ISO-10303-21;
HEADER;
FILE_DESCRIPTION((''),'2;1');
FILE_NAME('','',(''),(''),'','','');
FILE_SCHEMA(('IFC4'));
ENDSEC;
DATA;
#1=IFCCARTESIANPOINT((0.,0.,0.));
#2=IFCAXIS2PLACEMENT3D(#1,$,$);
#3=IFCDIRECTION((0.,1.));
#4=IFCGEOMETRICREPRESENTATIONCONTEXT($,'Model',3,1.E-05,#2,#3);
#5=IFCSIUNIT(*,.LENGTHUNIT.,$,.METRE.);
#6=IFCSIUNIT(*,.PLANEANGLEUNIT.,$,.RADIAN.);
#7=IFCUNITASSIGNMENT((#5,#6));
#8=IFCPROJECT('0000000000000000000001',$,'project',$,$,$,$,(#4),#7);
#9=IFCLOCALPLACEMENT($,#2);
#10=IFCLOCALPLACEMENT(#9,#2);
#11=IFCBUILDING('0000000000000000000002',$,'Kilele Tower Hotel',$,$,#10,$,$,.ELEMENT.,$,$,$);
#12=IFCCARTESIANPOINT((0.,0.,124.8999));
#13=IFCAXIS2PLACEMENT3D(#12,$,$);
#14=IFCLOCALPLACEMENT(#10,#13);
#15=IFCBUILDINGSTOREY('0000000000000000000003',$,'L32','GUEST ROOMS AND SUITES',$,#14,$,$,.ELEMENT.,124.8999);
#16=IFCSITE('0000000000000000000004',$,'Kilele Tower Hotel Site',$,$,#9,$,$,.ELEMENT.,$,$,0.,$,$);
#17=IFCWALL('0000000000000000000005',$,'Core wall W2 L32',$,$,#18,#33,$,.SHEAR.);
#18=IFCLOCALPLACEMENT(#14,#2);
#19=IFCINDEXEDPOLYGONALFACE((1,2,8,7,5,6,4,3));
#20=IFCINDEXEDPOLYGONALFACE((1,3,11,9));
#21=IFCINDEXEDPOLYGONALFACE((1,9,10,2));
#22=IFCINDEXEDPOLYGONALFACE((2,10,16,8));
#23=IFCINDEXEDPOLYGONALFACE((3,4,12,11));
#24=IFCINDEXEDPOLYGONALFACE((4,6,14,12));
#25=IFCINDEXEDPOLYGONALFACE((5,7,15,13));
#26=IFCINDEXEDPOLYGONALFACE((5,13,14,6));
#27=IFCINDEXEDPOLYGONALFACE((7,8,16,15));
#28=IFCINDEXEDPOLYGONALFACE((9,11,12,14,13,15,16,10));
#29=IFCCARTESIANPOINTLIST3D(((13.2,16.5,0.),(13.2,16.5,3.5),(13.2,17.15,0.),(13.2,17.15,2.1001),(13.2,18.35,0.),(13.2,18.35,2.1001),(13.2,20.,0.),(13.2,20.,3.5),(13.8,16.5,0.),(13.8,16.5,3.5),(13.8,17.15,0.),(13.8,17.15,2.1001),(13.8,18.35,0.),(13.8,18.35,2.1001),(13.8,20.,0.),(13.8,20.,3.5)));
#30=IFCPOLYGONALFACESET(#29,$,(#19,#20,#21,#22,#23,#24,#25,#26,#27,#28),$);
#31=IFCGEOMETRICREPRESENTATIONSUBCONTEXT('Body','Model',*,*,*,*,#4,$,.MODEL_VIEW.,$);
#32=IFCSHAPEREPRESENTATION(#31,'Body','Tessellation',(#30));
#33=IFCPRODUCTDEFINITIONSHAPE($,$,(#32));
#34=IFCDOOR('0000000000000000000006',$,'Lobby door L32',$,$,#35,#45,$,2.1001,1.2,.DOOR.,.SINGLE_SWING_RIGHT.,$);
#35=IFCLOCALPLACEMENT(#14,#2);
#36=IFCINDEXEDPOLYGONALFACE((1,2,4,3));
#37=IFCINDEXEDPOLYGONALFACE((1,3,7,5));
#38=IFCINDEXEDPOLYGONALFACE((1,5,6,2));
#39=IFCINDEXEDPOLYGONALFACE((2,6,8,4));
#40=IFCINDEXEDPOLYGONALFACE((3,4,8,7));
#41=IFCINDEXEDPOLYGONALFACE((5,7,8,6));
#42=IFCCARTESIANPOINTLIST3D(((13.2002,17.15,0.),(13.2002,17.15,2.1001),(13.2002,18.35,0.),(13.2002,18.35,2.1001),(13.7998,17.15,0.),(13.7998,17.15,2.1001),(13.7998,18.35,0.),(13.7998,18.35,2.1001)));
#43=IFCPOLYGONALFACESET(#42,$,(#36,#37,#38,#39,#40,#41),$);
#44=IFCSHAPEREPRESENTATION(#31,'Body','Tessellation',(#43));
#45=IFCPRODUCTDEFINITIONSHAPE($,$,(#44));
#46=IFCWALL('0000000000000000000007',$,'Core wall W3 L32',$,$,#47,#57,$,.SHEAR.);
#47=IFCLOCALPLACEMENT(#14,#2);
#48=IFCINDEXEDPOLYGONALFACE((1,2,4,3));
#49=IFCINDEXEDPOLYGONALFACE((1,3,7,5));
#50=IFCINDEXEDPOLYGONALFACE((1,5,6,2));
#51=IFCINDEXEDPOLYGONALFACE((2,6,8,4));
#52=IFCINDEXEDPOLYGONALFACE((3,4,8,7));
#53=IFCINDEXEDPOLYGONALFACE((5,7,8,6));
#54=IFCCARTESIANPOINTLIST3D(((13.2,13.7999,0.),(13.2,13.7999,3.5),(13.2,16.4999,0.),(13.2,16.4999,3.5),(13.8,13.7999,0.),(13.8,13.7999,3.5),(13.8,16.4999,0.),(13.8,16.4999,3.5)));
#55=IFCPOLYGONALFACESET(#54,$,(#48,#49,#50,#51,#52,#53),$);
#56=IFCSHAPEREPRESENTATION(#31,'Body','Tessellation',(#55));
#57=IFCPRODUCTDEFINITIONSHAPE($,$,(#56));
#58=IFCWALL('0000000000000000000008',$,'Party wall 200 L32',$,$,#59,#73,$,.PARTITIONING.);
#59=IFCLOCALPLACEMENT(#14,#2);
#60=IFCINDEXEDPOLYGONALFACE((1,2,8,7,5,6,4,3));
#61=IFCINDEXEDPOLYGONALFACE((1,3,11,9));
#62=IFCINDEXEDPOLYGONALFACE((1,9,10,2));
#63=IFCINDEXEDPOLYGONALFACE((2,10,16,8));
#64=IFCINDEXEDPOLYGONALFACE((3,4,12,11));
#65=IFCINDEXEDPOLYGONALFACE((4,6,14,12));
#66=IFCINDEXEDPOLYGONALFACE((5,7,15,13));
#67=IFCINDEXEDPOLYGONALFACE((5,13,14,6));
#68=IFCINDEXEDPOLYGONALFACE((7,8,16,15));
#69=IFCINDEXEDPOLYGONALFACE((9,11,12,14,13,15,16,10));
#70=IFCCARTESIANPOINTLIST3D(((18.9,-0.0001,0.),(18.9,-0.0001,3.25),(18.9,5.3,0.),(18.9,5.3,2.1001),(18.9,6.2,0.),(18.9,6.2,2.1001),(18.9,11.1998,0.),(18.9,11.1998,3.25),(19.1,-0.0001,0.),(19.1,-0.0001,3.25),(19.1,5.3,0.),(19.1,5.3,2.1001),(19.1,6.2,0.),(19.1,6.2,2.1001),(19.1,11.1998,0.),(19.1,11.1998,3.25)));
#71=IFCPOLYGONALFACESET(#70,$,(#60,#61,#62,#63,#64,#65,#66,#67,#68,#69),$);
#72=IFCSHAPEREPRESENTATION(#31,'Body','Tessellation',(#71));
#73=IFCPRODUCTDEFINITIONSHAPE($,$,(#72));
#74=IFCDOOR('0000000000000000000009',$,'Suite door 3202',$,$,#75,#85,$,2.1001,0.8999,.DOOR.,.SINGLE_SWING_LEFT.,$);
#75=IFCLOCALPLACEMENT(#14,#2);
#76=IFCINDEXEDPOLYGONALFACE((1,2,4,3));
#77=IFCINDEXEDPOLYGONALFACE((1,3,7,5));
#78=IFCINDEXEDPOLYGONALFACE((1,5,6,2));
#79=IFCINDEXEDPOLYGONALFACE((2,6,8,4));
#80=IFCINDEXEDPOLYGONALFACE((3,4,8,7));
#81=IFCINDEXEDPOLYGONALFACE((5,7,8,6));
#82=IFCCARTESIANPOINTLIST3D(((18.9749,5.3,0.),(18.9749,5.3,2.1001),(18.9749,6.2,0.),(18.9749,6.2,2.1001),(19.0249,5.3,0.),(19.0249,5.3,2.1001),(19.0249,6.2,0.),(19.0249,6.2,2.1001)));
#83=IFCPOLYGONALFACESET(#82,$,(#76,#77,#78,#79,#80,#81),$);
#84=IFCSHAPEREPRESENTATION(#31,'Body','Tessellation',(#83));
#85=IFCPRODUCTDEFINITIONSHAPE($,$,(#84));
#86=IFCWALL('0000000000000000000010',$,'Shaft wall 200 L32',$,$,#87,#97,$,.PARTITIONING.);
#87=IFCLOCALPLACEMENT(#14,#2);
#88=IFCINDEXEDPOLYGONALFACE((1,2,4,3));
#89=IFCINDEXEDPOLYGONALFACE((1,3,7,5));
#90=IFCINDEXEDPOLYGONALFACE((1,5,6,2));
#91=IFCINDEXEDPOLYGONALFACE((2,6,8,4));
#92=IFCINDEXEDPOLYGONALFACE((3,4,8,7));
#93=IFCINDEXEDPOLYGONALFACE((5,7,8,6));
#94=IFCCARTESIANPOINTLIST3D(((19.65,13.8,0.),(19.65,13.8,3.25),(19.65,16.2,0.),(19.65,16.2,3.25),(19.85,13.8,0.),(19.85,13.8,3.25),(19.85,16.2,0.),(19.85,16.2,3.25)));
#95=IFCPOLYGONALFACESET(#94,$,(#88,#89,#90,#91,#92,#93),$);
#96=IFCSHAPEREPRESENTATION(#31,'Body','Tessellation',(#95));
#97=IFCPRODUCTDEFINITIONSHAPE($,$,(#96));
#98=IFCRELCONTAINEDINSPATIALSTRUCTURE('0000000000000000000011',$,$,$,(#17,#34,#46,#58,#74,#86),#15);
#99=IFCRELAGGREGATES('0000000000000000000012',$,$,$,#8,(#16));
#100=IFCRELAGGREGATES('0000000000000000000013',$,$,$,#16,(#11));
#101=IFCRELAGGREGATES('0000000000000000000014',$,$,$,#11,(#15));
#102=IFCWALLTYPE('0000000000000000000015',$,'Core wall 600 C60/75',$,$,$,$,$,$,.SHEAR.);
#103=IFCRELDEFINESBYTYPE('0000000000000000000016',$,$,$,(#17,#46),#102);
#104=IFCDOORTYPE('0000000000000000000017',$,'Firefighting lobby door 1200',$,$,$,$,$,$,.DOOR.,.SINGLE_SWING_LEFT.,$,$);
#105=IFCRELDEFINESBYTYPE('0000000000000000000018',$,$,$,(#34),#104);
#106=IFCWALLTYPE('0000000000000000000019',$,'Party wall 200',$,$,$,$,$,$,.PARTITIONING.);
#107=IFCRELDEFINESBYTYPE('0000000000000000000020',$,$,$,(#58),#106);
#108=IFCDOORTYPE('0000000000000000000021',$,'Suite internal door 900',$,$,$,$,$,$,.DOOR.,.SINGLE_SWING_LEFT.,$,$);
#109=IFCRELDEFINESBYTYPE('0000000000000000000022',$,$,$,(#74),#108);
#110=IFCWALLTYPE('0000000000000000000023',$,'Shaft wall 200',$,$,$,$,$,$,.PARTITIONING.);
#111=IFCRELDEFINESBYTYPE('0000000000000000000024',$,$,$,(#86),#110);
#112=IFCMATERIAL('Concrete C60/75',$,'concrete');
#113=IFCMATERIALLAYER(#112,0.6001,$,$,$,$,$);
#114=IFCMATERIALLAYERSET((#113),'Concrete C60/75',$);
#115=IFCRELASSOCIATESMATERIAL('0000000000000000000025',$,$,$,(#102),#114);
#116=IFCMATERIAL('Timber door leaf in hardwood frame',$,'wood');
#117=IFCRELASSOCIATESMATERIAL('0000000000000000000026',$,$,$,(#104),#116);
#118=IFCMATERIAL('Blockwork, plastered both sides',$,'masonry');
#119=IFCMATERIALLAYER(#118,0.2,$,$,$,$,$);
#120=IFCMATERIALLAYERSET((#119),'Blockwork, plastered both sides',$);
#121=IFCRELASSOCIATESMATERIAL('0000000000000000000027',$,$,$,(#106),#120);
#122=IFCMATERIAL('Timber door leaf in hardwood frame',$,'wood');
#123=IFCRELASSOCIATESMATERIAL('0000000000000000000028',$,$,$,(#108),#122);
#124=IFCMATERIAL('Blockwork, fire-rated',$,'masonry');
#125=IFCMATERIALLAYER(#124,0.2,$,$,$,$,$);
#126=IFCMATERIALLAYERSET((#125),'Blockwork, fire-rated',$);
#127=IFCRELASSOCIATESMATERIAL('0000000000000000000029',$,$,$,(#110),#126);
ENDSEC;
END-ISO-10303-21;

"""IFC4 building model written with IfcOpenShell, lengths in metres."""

from ifc_helpers import new_model, si_unit, direction, frame, frame_2d, origin, place, context, subcontext, project, spatial, rectangle, extrude, material, layer, layer_set, type_object, element, fill, save


model = new_model("IFC4")

# Units and contexts
model_context = context("Model", 3, precision=1e-05, world=origin(), true_north=direction((0.0, 1.0)))
body_context = subcontext(model_context, "Body", "Model", "MODEL_VIEW")
ifc_project = project(units=[si_unit("LENGTHUNIT", "METRE"), si_unit("PLANEANGLEUNIT", "RADIAN")], contexts=[model_context])

# Site, building, storey
site_placement = place(None, origin())
site = spatial("IfcSite", under=ifc_project, at=site_placement, Name="Kilele Tower Hotel Site", CompositionType="ELEMENT", RefElevation=0.0)
building_placement = place(site_placement, origin())
building = spatial("IfcBuilding", under=site, at=building_placement, Name="Kilele Tower Hotel", CompositionType="ELEMENT")
storey_placement = place(building_placement, frame((0.0, 0.0, 124.8999)))
storey = spatial("IfcBuildingStorey", under=building, at=storey_placement, Name="L32", Description="GUEST ROOMS AND SUITES", CompositionType="ELEMENT", Elevation=124.8999)

# Shared definitions
ifc_material_1 = material(Name="Concrete C60/75", Category="concrete")
ifc_layer_1 = layer(ifc_material_1, 0.6001)
ifc_layer_set_1 = layer_set([ifc_layer_1], Name="Concrete C60/75")
wall_type_1 = type_object("IfcWallType", Name="Core wall 600 C60/75", PredefinedType="SHEAR", material=ifc_layer_set_1)
ifc_material_2 = material(Name="Timber door leaf in hardwood frame", Category="wood")
door_type_1 = type_object("IfcDoorType", Name="Firefighting lobby door 1200", OperationType="SINGLE_SWING_LEFT", PredefinedType="DOOR", material=ifc_material_2)

# Wall, opening, door
wall_1_placement = place(storey_placement, frame((13.5, 20.0, 0.0), z_axis=(0.0, 0.0, 1.0), x_axis=(0.0, -1.0, 0.0)))
wall_1 = element("IfcWall", 1, at=wall_1_placement, inside=storey, type_object=wall_type_1, Name="Core wall W2 L32", PredefinedType="SHEAR", context=body_context, shape_type="SweptSolid", body=[
    extrude(rectangle(XDim=3.5, YDim=0.6001, at=frame_2d((1.75, 0.0))), origin(), (0.0, 0.0, 1.0), 3.5),
])
opening_1_placement = place(wall_1_placement, frame((1.6499, 0.0, 0.0)))
opening_1 = element("IfcOpeningElement", 2, at=opening_1_placement, cuts=wall_1, PredefinedType="OPENING", context=body_context, shape_type="SweptSolid", body=[
    extrude(rectangle(XDim=1.2, YDim=2.1001, at=frame_2d((0.6001, 1.05))), frame((0.0, 0.3101, 0.0), z_axis=(0.0, -1.0, 0.0), x_axis=(1.0, 0.0, 0.0)), (0.0, 0.0, 1.0), 0.6201),
])
door_1_placement = place(opening_1_placement, origin())
door_1 = element("IfcDoor", 3, at=door_1_placement, inside=storey, type_object=door_type_1, Name="Lobby door L32", OperationType="SINGLE_SWING_RIGHT", OverallHeight=2.1001, OverallWidth=1.2, PredefinedType="DOOR", context=body_context, shape_type="SweptSolid", body=[
    extrude(rectangle(XDim=1.2, YDim=2.1001, at=frame_2d((0.6001, 1.05))), frame((0.0, 0.2998, 0.0), z_axis=(0.0, -1.0, 0.0), x_axis=(1.0, 0.0, 0.0)), (0.0, 0.0, 1.0), 0.5996),
])
fill(opening_1, door_1)

# Wall
wall_2_placement = place(storey_placement, frame((13.5, 16.5, 0.0), z_axis=(0.0, 0.0, 1.0), x_axis=(0.0, -1.0, 0.0)))
element("IfcWall", 4, at=wall_2_placement, inside=storey, type_object=wall_type_1, Name="Core wall W3 L32", PredefinedType="SHEAR", context=body_context, shape_type="SweptSolid", body=[
    extrude(rectangle(XDim=2.7, YDim=0.6001, at=frame_2d((1.3501, 0.0))), origin(), (0.0, 0.0, 1.0), 3.5),
])

# Wall, opening, door
ifc_material_3 = material(Name="Blockwork, plastered both sides", Category="masonry")
ifc_layer_2 = layer(ifc_material_3, 0.2)
ifc_layer_set_2 = layer_set([ifc_layer_2], Name="Blockwork, plastered both sides")
wall_type_2 = type_object("IfcWallType", Name="Party wall 200", PredefinedType="PARTITIONING", material=ifc_layer_set_2)
wall_3_placement = place(storey_placement, frame((19.0, 11.2, 0.0), z_axis=(0.0, 0.0, 1.0), x_axis=(0.0, -1.0, 0.0)))
wall_3 = element("IfcWall", 5, at=wall_3_placement, inside=storey, type_object=wall_type_2, Name="Party wall 200 L32", PredefinedType="PARTITIONING", context=body_context, shape_type="SweptSolid", body=[
    extrude(rectangle(XDim=11.2, YDim=0.2, at=frame_2d((5.6001, 0.0))), origin(), (0.0, 0.0, 1.0), 3.25),
])
opening_2_placement = place(wall_3_placement, frame((5.0, 0.0, 0.0)))
opening_2 = element("IfcOpeningElement", 6, at=opening_2_placement, cuts=wall_3, PredefinedType="OPENING", context=body_context, shape_type="SweptSolid", body=[
    extrude(rectangle(XDim=0.8999, YDim=2.1001, at=frame_2d((0.45, 1.05))), frame((0.0, 0.1099, 0.0), z_axis=(0.0, -1.0, 0.0), x_axis=(1.0, 0.0, 0.0)), (0.0, 0.0, 1.0), 0.22),
])
ifc_material_4 = material(Name="Timber door leaf in hardwood frame", Category="wood")
door_type_2 = type_object("IfcDoorType", Name="Suite internal door 900", OperationType="SINGLE_SWING_LEFT", PredefinedType="DOOR", material=ifc_material_4)
door_2_placement = place(opening_2_placement, origin())
door_2 = element("IfcDoor", 7, at=door_2_placement, inside=storey, type_object=door_type_2, Name="Suite door 3202", OperationType="SINGLE_SWING_LEFT", OverallHeight=2.1001, OverallWidth=0.8999, PredefinedType="DOOR", context=body_context, shape_type="SweptSolid", body=[
    extrude(rectangle(XDim=0.8999, YDim=2.1001, at=frame_2d((0.45, 1.05))), frame((0.0, 0.0249, 0.0), z_axis=(0.0, -1.0, 0.0), x_axis=(1.0, 0.0, 0.0)), (0.0, 0.0, 1.0), 0.05),
])
fill(opening_2, door_2)

# Wall
ifc_material_5 = material(Name="Blockwork, fire-rated", Category="masonry")
ifc_layer_3 = layer(ifc_material_5, 0.2)
ifc_layer_set_3 = layer_set([ifc_layer_3], Name="Blockwork, fire-rated")
wall_type_3 = type_object("IfcWallType", Name="Shaft wall 200", PredefinedType="PARTITIONING", material=ifc_layer_set_3)
wall_4_placement = place(storey_placement, frame((19.75, 13.8, 0.0), z_axis=(0.0, 0.0, 1.0), x_axis=(0.0, 1.0, 0.0)))
element("IfcWall", 8, at=wall_4_placement, inside=storey, type_object=wall_type_3, Name="Shaft wall 200 L32", PredefinedType="PARTITIONING", context=body_context, shape_type="SweptSolid", body=[
    extrude(rectangle(XDim=2.3999, YDim=0.2, at=frame_2d((1.2, 0.0))), origin(), (0.0, 0.0, 1.0), 3.25),
])

save(model, "model.ifc")
